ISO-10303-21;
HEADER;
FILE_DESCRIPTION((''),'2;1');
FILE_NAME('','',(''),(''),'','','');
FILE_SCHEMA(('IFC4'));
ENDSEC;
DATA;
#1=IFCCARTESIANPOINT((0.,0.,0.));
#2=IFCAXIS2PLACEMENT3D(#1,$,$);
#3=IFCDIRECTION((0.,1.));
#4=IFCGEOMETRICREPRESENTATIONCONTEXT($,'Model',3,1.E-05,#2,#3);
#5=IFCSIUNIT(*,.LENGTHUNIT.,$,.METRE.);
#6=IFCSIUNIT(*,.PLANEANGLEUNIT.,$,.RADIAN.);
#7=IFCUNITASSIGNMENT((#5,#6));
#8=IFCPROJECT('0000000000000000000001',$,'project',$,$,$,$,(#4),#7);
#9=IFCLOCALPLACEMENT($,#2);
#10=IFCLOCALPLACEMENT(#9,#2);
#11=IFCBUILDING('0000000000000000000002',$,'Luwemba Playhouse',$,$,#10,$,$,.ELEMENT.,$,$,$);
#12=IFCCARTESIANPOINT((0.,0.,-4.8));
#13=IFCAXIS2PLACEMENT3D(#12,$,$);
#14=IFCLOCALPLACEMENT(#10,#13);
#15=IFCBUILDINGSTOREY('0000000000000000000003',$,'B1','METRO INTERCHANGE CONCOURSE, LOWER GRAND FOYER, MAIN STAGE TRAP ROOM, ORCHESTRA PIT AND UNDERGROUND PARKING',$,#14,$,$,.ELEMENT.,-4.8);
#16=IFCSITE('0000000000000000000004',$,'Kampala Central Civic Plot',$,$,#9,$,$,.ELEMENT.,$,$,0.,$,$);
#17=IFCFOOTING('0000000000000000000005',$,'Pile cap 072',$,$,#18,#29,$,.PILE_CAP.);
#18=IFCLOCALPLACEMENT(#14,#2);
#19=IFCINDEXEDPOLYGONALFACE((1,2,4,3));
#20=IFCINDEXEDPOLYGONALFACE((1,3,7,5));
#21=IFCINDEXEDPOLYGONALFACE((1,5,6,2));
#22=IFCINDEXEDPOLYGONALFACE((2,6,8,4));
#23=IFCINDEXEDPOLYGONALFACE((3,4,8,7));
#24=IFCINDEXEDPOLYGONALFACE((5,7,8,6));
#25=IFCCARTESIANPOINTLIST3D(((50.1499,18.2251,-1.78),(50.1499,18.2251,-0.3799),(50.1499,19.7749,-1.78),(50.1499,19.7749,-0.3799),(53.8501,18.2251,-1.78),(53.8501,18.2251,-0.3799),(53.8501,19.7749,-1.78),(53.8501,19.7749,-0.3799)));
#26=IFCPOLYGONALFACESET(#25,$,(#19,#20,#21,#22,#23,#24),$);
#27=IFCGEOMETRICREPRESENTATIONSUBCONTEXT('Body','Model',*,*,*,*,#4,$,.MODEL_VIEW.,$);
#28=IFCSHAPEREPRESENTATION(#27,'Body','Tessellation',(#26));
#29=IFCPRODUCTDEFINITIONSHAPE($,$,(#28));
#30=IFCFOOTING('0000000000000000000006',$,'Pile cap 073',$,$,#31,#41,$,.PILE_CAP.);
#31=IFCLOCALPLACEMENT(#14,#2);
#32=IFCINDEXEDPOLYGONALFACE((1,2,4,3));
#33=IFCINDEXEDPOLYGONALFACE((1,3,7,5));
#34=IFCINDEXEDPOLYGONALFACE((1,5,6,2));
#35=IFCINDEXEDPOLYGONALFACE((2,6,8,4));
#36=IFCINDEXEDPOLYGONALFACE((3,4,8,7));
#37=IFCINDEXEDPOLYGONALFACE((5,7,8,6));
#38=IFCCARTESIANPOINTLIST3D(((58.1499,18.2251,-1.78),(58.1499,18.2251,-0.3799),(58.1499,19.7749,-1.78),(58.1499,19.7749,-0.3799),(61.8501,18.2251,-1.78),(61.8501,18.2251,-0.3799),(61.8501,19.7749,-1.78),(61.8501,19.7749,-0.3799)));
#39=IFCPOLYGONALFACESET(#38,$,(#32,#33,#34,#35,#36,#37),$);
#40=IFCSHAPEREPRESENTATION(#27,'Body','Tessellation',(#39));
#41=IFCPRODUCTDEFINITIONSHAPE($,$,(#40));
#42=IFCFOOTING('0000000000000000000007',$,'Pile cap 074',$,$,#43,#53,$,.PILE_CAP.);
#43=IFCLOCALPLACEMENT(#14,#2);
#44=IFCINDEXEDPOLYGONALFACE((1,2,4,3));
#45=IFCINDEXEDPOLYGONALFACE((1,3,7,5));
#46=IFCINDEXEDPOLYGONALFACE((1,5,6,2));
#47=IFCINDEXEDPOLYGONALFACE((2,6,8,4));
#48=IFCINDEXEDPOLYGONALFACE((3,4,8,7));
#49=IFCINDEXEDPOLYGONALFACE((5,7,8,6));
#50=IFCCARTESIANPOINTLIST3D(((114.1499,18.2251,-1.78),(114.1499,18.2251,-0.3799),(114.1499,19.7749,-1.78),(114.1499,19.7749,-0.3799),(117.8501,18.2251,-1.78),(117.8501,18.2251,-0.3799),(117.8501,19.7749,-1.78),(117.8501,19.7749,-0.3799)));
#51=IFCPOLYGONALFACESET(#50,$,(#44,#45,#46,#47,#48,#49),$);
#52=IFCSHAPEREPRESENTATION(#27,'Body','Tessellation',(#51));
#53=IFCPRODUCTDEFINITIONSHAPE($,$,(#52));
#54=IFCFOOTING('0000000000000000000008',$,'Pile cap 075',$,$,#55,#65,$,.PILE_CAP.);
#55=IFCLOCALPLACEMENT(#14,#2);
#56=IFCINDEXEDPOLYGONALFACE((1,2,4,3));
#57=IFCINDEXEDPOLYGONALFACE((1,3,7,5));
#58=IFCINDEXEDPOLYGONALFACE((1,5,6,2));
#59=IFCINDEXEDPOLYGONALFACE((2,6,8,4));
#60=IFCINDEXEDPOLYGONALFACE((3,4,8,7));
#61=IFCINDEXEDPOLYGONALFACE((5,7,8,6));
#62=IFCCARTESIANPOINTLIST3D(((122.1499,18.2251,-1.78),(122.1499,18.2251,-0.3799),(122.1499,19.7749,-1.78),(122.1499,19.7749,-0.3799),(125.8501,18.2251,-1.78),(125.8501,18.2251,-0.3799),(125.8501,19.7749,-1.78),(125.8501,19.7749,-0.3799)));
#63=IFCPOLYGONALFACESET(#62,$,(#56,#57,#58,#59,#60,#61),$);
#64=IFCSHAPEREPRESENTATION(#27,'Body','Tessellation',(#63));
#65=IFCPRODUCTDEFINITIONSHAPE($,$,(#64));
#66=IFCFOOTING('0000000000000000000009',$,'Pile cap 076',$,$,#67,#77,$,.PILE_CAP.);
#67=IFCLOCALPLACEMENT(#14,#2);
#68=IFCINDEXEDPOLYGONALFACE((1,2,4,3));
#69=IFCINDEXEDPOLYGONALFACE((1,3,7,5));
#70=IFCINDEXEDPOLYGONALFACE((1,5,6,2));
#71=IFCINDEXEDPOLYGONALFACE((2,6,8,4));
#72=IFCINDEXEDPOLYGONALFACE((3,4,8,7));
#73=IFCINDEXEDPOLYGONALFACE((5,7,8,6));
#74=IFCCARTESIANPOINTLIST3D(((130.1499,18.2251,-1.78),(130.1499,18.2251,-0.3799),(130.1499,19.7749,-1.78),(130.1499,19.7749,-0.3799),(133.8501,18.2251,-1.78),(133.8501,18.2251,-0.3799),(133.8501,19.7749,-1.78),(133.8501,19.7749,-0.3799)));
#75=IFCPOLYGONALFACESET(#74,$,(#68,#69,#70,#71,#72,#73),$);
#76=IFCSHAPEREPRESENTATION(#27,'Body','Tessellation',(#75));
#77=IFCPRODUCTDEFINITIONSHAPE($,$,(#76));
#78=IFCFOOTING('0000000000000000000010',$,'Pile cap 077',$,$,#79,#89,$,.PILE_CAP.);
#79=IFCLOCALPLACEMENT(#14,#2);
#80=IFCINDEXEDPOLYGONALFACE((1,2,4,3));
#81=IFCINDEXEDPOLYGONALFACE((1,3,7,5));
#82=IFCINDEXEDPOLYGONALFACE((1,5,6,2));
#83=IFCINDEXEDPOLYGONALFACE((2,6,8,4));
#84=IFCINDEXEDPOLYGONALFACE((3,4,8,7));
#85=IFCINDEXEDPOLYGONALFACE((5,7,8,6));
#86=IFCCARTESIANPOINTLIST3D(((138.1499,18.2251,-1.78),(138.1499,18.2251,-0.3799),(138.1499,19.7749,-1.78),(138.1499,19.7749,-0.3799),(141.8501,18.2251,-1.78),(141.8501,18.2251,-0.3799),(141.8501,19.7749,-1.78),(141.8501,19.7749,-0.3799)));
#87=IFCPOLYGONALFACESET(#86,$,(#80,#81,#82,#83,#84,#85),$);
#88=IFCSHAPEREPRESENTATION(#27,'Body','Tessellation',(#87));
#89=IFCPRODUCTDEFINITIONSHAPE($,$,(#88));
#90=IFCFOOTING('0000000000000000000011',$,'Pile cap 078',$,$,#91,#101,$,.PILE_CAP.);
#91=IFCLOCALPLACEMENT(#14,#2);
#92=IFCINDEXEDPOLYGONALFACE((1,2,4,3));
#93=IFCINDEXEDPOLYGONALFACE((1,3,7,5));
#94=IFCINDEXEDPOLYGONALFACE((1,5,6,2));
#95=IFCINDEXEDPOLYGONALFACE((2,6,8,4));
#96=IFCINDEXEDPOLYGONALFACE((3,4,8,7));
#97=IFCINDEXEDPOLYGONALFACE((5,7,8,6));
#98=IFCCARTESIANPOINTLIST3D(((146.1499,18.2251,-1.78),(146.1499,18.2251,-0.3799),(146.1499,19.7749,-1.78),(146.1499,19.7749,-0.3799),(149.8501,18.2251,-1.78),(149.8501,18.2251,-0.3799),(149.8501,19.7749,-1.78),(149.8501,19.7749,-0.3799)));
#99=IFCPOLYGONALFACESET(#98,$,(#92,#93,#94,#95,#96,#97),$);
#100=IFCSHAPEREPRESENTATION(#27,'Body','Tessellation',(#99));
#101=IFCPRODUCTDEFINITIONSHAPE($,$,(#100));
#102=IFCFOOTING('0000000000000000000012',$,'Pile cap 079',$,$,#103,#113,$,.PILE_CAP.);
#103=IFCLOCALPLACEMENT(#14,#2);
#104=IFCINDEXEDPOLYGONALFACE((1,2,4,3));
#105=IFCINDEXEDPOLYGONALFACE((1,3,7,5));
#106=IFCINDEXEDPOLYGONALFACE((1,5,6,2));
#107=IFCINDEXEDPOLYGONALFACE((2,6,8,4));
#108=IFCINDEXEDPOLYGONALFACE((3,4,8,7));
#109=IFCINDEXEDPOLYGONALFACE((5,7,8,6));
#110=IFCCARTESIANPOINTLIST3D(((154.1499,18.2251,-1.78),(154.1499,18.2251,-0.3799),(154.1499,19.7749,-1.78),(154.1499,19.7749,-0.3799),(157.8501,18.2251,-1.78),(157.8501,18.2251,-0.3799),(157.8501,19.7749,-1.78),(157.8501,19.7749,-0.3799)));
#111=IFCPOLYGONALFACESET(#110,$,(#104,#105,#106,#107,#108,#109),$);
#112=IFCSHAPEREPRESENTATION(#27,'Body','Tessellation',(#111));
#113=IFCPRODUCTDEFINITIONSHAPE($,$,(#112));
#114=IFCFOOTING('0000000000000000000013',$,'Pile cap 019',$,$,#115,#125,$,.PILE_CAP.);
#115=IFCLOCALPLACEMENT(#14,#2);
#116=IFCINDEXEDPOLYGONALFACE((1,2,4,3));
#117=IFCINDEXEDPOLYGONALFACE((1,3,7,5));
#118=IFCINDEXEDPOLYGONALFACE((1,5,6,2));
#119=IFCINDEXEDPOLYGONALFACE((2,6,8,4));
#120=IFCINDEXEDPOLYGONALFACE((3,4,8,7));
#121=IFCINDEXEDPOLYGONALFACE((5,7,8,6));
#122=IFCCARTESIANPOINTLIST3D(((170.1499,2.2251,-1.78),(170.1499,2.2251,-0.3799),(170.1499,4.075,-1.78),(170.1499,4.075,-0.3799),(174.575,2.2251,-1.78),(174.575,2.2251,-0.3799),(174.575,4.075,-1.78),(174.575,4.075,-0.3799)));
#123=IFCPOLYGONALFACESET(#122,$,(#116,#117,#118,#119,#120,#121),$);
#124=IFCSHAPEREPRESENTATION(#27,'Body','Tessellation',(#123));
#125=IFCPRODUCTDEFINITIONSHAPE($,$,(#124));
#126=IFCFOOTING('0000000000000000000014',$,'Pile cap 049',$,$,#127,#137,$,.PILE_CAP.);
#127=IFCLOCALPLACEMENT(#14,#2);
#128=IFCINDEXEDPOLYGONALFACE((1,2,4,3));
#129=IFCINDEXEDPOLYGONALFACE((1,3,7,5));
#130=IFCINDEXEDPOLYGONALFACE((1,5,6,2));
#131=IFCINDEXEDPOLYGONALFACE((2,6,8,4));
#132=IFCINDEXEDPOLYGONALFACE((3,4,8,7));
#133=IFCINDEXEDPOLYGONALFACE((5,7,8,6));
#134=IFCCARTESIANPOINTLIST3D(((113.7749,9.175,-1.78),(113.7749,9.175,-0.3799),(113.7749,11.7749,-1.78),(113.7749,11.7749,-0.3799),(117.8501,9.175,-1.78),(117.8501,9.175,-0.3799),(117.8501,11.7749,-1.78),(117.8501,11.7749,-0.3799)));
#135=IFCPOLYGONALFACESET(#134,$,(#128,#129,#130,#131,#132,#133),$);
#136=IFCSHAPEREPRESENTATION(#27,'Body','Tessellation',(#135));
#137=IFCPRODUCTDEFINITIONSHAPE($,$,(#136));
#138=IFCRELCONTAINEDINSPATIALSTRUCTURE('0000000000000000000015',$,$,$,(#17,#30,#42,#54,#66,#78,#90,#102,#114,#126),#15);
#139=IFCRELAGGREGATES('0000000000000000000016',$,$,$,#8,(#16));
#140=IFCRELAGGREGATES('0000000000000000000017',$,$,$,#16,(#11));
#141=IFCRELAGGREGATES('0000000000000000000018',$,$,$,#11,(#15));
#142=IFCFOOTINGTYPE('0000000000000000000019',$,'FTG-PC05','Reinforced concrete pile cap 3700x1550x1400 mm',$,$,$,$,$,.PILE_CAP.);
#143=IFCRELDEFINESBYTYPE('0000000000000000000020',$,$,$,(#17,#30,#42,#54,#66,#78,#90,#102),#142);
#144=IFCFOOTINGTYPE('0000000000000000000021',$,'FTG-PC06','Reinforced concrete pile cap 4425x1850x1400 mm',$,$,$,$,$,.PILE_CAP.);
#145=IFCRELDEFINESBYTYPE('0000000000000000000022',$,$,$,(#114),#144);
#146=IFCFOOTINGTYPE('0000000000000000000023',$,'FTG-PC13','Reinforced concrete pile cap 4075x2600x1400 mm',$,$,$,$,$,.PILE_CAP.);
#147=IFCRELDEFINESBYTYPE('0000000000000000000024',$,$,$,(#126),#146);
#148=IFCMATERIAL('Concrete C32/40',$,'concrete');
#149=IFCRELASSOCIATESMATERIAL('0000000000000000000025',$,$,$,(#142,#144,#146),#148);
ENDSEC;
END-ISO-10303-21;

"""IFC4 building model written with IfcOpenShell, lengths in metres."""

from ifc_helpers import new_model, si_unit, direction, frame, origin, place, context, subcontext, project, spatial, polyline, outline, extrude, material, type_object, element, save


model = new_model("IFC4")

# Units and contexts
model_context = context("Model", 3, precision=1e-05, world=origin(), true_north=direction((0.0, 1.0)))
body_context = subcontext(model_context, "Body", "Model", "MODEL_VIEW")
ifc_project = project(units=[si_unit("LENGTHUNIT", "METRE"), si_unit("PLANEANGLEUNIT", "RADIAN")], contexts=[model_context])

# Site, building, storey
site_placement = place(None, origin())
site = spatial("IfcSite", under=ifc_project, at=site_placement, Name="Kampala Central Civic Plot", CompositionType="ELEMENT", RefElevation=0.0)
building_placement = place(site_placement, origin())
building = spatial("IfcBuilding", under=site, at=building_placement, Name="Luwemba Playhouse", CompositionType="ELEMENT")
storey_placement = place(building_placement, frame((0.0, 0.0, -4.8)))
storey = spatial("IfcBuildingStorey", under=building, at=storey_placement, Name="B1", Description="METRO INTERCHANGE CONCOURSE, LOWER GRAND FOYER, MAIN STAGE TRAP ROOM, ORCHESTRA PIT AND UNDERGROUND PARKING", CompositionType="ELEMENT", Elevation=-4.8)

# Footings
ifc_material = material(Name="Concrete C32/40", Category="concrete")
footing_type_1 = type_object("IfcFootingType", Name="FTG-PC05", Description="Reinforced concrete pile cap 3700x1550x1400 mm", PredefinedType="PILE_CAP", material=ifc_material)
footing_1_placement = place(storey_placement, frame((0.0, 0.0, -1.78)))
element("IfcFooting", 1, at=footing_1_placement, inside=storey, type_object=footing_type_1, Name="Pile cap 072", PredefinedType="PILE_CAP", context=body_context, shape_type="SweptSolid", body=[
    extrude(outline(polyline([(50.1499, 18.2251), (53.8501, 18.2251), (53.8501, 19.7749), (50.1499, 19.7749), (50.1499, 18.2251)])), origin(), (0.0, 0.0, 1.0), 1.4001),
])
footing_2_placement = place(storey_placement, frame((0.0, 0.0, -1.78)))
element("IfcFooting", 2, at=footing_2_placement, inside=storey, type_object=footing_type_1, Name="Pile cap 073", PredefinedType="PILE_CAP", context=body_context, shape_type="SweptSolid", body=[
    extrude(outline(polyline([(58.1499, 18.2251), (61.8501, 18.2251), (61.8501, 19.7749), (58.1499, 19.7749), (58.1499, 18.2251)])), origin(), (0.0, 0.0, 1.0), 1.4001),
])
footing_3_placement = place(storey_placement, frame((0.0, 0.0, -1.78)))
element("IfcFooting", 3, at=footing_3_placement, inside=storey, type_object=footing_type_1, Name="Pile cap 074", PredefinedType="PILE_CAP", context=body_context, shape_type="SweptSolid", body=[
    extrude(outline(polyline([(114.1499, 18.2251), (117.8501, 18.2251), (117.8501, 19.7749), (114.1499, 19.7749), (114.1499, 18.2251)])), origin(), (0.0, 0.0, 1.0), 1.4001),
])
footing_4_placement = place(storey_placement, frame((0.0, 0.0, -1.78)))
element("IfcFooting", 4, at=footing_4_placement, inside=storey, type_object=footing_type_1, Name="Pile cap 075", PredefinedType="PILE_CAP", context=body_context, shape_type="SweptSolid", body=[
    extrude(outline(polyline([(122.1499, 18.2251), (125.8501, 18.2251), (125.8501, 19.7749), (122.1499, 19.7749), (122.1499, 18.2251)])), origin(), (0.0, 0.0, 1.0), 1.4001),
])
footing_5_placement = place(storey_placement, frame((0.0, 0.0, -1.78)))
element("IfcFooting", 5, at=footing_5_placement, inside=storey, type_object=footing_type_1, Name="Pile cap 076", PredefinedType="PILE_CAP", context=body_context, shape_type="SweptSolid", body=[
    extrude(outline(polyline([(130.1499, 18.2251), (133.8501, 18.2251), (133.8501, 19.7749), (130.1499, 19.7749), (130.1499, 18.2251)])), origin(), (0.0, 0.0, 1.0), 1.4001),
])
footing_6_placement = place(storey_placement, frame((0.0, 0.0, -1.78)))
element("IfcFooting", 6, at=footing_6_placement, inside=storey, type_object=footing_type_1, Name="Pile cap 077", PredefinedType="PILE_CAP", context=body_context, shape_type="SweptSolid", body=[
    extrude(outline(polyline([(138.1499, 18.2251), (141.8501, 18.2251), (141.8501, 19.7749), (138.1499, 19.7749), (138.1499, 18.2251)])), origin(), (0.0, 0.0, 1.0), 1.4001),
])
footing_7_placement = place(storey_placement, frame((0.0, 0.0, -1.78)))
element("IfcFooting", 7, at=footing_7_placement, inside=storey, type_object=footing_type_1, Name="Pile cap 078", PredefinedType="PILE_CAP", context=body_context, shape_type="SweptSolid", body=[
    extrude(outline(polyline([(146.1499, 18.2251), (149.8501, 18.2251), (149.8501, 19.7749), (146.1499, 19.7749), (146.1499, 18.2251)])), origin(), (0.0, 0.0, 1.0), 1.4001),
])
footing_8_placement = place(storey_placement, frame((0.0, 0.0, -1.78)))
element("IfcFooting", 8, at=footing_8_placement, inside=storey, type_object=footing_type_1, Name="Pile cap 079", PredefinedType="PILE_CAP", context=body_context, shape_type="SweptSolid", body=[
    extrude(outline(polyline([(154.1499, 18.2251), (157.8501, 18.2251), (157.8501, 19.7749), (154.1499, 19.7749), (154.1499, 18.2251)])), origin(), (0.0, 0.0, 1.0), 1.4001),
])
footing_type_2 = type_object("IfcFootingType", Name="FTG-PC06", Description="Reinforced concrete pile cap 4425x1850x1400 mm", PredefinedType="PILE_CAP", material=ifc_material)
footing_9_placement = place(storey_placement, frame((0.0, 0.0, -1.78)))
element("IfcFooting", 9, at=footing_9_placement, inside=storey, type_object=footing_type_2, Name="Pile cap 019", PredefinedType="PILE_CAP", context=body_context, shape_type="SweptSolid", body=[
    extrude(outline(polyline([(170.1499, 2.2251), (174.575, 2.2251), (174.575, 4.075), (170.1499, 4.075), (170.1499, 2.2251)])), origin(), (0.0, 0.0, 1.0), 1.4001),
])
footing_type_3 = type_object("IfcFootingType", Name="FTG-PC13", Description="Reinforced concrete pile cap 4075x2600x1400 mm", PredefinedType="PILE_CAP", material=ifc_material)
footing_10_placement = place(storey_placement, frame((0.0, 0.0, -1.78)))
element("IfcFooting", 10, at=footing_10_placement, inside=storey, type_object=footing_type_3, Name="Pile cap 049", PredefinedType="PILE_CAP", context=body_context, shape_type="SweptSolid", body=[
    extrude(outline(polyline([(113.7749, 9.175), (117.8501, 9.175), (117.8501, 11.7749), (113.7749, 11.7749), (113.7749, 9.175)])), origin(), (0.0, 0.0, 1.0), 1.4001),
])

save(model, "model.ifc")
